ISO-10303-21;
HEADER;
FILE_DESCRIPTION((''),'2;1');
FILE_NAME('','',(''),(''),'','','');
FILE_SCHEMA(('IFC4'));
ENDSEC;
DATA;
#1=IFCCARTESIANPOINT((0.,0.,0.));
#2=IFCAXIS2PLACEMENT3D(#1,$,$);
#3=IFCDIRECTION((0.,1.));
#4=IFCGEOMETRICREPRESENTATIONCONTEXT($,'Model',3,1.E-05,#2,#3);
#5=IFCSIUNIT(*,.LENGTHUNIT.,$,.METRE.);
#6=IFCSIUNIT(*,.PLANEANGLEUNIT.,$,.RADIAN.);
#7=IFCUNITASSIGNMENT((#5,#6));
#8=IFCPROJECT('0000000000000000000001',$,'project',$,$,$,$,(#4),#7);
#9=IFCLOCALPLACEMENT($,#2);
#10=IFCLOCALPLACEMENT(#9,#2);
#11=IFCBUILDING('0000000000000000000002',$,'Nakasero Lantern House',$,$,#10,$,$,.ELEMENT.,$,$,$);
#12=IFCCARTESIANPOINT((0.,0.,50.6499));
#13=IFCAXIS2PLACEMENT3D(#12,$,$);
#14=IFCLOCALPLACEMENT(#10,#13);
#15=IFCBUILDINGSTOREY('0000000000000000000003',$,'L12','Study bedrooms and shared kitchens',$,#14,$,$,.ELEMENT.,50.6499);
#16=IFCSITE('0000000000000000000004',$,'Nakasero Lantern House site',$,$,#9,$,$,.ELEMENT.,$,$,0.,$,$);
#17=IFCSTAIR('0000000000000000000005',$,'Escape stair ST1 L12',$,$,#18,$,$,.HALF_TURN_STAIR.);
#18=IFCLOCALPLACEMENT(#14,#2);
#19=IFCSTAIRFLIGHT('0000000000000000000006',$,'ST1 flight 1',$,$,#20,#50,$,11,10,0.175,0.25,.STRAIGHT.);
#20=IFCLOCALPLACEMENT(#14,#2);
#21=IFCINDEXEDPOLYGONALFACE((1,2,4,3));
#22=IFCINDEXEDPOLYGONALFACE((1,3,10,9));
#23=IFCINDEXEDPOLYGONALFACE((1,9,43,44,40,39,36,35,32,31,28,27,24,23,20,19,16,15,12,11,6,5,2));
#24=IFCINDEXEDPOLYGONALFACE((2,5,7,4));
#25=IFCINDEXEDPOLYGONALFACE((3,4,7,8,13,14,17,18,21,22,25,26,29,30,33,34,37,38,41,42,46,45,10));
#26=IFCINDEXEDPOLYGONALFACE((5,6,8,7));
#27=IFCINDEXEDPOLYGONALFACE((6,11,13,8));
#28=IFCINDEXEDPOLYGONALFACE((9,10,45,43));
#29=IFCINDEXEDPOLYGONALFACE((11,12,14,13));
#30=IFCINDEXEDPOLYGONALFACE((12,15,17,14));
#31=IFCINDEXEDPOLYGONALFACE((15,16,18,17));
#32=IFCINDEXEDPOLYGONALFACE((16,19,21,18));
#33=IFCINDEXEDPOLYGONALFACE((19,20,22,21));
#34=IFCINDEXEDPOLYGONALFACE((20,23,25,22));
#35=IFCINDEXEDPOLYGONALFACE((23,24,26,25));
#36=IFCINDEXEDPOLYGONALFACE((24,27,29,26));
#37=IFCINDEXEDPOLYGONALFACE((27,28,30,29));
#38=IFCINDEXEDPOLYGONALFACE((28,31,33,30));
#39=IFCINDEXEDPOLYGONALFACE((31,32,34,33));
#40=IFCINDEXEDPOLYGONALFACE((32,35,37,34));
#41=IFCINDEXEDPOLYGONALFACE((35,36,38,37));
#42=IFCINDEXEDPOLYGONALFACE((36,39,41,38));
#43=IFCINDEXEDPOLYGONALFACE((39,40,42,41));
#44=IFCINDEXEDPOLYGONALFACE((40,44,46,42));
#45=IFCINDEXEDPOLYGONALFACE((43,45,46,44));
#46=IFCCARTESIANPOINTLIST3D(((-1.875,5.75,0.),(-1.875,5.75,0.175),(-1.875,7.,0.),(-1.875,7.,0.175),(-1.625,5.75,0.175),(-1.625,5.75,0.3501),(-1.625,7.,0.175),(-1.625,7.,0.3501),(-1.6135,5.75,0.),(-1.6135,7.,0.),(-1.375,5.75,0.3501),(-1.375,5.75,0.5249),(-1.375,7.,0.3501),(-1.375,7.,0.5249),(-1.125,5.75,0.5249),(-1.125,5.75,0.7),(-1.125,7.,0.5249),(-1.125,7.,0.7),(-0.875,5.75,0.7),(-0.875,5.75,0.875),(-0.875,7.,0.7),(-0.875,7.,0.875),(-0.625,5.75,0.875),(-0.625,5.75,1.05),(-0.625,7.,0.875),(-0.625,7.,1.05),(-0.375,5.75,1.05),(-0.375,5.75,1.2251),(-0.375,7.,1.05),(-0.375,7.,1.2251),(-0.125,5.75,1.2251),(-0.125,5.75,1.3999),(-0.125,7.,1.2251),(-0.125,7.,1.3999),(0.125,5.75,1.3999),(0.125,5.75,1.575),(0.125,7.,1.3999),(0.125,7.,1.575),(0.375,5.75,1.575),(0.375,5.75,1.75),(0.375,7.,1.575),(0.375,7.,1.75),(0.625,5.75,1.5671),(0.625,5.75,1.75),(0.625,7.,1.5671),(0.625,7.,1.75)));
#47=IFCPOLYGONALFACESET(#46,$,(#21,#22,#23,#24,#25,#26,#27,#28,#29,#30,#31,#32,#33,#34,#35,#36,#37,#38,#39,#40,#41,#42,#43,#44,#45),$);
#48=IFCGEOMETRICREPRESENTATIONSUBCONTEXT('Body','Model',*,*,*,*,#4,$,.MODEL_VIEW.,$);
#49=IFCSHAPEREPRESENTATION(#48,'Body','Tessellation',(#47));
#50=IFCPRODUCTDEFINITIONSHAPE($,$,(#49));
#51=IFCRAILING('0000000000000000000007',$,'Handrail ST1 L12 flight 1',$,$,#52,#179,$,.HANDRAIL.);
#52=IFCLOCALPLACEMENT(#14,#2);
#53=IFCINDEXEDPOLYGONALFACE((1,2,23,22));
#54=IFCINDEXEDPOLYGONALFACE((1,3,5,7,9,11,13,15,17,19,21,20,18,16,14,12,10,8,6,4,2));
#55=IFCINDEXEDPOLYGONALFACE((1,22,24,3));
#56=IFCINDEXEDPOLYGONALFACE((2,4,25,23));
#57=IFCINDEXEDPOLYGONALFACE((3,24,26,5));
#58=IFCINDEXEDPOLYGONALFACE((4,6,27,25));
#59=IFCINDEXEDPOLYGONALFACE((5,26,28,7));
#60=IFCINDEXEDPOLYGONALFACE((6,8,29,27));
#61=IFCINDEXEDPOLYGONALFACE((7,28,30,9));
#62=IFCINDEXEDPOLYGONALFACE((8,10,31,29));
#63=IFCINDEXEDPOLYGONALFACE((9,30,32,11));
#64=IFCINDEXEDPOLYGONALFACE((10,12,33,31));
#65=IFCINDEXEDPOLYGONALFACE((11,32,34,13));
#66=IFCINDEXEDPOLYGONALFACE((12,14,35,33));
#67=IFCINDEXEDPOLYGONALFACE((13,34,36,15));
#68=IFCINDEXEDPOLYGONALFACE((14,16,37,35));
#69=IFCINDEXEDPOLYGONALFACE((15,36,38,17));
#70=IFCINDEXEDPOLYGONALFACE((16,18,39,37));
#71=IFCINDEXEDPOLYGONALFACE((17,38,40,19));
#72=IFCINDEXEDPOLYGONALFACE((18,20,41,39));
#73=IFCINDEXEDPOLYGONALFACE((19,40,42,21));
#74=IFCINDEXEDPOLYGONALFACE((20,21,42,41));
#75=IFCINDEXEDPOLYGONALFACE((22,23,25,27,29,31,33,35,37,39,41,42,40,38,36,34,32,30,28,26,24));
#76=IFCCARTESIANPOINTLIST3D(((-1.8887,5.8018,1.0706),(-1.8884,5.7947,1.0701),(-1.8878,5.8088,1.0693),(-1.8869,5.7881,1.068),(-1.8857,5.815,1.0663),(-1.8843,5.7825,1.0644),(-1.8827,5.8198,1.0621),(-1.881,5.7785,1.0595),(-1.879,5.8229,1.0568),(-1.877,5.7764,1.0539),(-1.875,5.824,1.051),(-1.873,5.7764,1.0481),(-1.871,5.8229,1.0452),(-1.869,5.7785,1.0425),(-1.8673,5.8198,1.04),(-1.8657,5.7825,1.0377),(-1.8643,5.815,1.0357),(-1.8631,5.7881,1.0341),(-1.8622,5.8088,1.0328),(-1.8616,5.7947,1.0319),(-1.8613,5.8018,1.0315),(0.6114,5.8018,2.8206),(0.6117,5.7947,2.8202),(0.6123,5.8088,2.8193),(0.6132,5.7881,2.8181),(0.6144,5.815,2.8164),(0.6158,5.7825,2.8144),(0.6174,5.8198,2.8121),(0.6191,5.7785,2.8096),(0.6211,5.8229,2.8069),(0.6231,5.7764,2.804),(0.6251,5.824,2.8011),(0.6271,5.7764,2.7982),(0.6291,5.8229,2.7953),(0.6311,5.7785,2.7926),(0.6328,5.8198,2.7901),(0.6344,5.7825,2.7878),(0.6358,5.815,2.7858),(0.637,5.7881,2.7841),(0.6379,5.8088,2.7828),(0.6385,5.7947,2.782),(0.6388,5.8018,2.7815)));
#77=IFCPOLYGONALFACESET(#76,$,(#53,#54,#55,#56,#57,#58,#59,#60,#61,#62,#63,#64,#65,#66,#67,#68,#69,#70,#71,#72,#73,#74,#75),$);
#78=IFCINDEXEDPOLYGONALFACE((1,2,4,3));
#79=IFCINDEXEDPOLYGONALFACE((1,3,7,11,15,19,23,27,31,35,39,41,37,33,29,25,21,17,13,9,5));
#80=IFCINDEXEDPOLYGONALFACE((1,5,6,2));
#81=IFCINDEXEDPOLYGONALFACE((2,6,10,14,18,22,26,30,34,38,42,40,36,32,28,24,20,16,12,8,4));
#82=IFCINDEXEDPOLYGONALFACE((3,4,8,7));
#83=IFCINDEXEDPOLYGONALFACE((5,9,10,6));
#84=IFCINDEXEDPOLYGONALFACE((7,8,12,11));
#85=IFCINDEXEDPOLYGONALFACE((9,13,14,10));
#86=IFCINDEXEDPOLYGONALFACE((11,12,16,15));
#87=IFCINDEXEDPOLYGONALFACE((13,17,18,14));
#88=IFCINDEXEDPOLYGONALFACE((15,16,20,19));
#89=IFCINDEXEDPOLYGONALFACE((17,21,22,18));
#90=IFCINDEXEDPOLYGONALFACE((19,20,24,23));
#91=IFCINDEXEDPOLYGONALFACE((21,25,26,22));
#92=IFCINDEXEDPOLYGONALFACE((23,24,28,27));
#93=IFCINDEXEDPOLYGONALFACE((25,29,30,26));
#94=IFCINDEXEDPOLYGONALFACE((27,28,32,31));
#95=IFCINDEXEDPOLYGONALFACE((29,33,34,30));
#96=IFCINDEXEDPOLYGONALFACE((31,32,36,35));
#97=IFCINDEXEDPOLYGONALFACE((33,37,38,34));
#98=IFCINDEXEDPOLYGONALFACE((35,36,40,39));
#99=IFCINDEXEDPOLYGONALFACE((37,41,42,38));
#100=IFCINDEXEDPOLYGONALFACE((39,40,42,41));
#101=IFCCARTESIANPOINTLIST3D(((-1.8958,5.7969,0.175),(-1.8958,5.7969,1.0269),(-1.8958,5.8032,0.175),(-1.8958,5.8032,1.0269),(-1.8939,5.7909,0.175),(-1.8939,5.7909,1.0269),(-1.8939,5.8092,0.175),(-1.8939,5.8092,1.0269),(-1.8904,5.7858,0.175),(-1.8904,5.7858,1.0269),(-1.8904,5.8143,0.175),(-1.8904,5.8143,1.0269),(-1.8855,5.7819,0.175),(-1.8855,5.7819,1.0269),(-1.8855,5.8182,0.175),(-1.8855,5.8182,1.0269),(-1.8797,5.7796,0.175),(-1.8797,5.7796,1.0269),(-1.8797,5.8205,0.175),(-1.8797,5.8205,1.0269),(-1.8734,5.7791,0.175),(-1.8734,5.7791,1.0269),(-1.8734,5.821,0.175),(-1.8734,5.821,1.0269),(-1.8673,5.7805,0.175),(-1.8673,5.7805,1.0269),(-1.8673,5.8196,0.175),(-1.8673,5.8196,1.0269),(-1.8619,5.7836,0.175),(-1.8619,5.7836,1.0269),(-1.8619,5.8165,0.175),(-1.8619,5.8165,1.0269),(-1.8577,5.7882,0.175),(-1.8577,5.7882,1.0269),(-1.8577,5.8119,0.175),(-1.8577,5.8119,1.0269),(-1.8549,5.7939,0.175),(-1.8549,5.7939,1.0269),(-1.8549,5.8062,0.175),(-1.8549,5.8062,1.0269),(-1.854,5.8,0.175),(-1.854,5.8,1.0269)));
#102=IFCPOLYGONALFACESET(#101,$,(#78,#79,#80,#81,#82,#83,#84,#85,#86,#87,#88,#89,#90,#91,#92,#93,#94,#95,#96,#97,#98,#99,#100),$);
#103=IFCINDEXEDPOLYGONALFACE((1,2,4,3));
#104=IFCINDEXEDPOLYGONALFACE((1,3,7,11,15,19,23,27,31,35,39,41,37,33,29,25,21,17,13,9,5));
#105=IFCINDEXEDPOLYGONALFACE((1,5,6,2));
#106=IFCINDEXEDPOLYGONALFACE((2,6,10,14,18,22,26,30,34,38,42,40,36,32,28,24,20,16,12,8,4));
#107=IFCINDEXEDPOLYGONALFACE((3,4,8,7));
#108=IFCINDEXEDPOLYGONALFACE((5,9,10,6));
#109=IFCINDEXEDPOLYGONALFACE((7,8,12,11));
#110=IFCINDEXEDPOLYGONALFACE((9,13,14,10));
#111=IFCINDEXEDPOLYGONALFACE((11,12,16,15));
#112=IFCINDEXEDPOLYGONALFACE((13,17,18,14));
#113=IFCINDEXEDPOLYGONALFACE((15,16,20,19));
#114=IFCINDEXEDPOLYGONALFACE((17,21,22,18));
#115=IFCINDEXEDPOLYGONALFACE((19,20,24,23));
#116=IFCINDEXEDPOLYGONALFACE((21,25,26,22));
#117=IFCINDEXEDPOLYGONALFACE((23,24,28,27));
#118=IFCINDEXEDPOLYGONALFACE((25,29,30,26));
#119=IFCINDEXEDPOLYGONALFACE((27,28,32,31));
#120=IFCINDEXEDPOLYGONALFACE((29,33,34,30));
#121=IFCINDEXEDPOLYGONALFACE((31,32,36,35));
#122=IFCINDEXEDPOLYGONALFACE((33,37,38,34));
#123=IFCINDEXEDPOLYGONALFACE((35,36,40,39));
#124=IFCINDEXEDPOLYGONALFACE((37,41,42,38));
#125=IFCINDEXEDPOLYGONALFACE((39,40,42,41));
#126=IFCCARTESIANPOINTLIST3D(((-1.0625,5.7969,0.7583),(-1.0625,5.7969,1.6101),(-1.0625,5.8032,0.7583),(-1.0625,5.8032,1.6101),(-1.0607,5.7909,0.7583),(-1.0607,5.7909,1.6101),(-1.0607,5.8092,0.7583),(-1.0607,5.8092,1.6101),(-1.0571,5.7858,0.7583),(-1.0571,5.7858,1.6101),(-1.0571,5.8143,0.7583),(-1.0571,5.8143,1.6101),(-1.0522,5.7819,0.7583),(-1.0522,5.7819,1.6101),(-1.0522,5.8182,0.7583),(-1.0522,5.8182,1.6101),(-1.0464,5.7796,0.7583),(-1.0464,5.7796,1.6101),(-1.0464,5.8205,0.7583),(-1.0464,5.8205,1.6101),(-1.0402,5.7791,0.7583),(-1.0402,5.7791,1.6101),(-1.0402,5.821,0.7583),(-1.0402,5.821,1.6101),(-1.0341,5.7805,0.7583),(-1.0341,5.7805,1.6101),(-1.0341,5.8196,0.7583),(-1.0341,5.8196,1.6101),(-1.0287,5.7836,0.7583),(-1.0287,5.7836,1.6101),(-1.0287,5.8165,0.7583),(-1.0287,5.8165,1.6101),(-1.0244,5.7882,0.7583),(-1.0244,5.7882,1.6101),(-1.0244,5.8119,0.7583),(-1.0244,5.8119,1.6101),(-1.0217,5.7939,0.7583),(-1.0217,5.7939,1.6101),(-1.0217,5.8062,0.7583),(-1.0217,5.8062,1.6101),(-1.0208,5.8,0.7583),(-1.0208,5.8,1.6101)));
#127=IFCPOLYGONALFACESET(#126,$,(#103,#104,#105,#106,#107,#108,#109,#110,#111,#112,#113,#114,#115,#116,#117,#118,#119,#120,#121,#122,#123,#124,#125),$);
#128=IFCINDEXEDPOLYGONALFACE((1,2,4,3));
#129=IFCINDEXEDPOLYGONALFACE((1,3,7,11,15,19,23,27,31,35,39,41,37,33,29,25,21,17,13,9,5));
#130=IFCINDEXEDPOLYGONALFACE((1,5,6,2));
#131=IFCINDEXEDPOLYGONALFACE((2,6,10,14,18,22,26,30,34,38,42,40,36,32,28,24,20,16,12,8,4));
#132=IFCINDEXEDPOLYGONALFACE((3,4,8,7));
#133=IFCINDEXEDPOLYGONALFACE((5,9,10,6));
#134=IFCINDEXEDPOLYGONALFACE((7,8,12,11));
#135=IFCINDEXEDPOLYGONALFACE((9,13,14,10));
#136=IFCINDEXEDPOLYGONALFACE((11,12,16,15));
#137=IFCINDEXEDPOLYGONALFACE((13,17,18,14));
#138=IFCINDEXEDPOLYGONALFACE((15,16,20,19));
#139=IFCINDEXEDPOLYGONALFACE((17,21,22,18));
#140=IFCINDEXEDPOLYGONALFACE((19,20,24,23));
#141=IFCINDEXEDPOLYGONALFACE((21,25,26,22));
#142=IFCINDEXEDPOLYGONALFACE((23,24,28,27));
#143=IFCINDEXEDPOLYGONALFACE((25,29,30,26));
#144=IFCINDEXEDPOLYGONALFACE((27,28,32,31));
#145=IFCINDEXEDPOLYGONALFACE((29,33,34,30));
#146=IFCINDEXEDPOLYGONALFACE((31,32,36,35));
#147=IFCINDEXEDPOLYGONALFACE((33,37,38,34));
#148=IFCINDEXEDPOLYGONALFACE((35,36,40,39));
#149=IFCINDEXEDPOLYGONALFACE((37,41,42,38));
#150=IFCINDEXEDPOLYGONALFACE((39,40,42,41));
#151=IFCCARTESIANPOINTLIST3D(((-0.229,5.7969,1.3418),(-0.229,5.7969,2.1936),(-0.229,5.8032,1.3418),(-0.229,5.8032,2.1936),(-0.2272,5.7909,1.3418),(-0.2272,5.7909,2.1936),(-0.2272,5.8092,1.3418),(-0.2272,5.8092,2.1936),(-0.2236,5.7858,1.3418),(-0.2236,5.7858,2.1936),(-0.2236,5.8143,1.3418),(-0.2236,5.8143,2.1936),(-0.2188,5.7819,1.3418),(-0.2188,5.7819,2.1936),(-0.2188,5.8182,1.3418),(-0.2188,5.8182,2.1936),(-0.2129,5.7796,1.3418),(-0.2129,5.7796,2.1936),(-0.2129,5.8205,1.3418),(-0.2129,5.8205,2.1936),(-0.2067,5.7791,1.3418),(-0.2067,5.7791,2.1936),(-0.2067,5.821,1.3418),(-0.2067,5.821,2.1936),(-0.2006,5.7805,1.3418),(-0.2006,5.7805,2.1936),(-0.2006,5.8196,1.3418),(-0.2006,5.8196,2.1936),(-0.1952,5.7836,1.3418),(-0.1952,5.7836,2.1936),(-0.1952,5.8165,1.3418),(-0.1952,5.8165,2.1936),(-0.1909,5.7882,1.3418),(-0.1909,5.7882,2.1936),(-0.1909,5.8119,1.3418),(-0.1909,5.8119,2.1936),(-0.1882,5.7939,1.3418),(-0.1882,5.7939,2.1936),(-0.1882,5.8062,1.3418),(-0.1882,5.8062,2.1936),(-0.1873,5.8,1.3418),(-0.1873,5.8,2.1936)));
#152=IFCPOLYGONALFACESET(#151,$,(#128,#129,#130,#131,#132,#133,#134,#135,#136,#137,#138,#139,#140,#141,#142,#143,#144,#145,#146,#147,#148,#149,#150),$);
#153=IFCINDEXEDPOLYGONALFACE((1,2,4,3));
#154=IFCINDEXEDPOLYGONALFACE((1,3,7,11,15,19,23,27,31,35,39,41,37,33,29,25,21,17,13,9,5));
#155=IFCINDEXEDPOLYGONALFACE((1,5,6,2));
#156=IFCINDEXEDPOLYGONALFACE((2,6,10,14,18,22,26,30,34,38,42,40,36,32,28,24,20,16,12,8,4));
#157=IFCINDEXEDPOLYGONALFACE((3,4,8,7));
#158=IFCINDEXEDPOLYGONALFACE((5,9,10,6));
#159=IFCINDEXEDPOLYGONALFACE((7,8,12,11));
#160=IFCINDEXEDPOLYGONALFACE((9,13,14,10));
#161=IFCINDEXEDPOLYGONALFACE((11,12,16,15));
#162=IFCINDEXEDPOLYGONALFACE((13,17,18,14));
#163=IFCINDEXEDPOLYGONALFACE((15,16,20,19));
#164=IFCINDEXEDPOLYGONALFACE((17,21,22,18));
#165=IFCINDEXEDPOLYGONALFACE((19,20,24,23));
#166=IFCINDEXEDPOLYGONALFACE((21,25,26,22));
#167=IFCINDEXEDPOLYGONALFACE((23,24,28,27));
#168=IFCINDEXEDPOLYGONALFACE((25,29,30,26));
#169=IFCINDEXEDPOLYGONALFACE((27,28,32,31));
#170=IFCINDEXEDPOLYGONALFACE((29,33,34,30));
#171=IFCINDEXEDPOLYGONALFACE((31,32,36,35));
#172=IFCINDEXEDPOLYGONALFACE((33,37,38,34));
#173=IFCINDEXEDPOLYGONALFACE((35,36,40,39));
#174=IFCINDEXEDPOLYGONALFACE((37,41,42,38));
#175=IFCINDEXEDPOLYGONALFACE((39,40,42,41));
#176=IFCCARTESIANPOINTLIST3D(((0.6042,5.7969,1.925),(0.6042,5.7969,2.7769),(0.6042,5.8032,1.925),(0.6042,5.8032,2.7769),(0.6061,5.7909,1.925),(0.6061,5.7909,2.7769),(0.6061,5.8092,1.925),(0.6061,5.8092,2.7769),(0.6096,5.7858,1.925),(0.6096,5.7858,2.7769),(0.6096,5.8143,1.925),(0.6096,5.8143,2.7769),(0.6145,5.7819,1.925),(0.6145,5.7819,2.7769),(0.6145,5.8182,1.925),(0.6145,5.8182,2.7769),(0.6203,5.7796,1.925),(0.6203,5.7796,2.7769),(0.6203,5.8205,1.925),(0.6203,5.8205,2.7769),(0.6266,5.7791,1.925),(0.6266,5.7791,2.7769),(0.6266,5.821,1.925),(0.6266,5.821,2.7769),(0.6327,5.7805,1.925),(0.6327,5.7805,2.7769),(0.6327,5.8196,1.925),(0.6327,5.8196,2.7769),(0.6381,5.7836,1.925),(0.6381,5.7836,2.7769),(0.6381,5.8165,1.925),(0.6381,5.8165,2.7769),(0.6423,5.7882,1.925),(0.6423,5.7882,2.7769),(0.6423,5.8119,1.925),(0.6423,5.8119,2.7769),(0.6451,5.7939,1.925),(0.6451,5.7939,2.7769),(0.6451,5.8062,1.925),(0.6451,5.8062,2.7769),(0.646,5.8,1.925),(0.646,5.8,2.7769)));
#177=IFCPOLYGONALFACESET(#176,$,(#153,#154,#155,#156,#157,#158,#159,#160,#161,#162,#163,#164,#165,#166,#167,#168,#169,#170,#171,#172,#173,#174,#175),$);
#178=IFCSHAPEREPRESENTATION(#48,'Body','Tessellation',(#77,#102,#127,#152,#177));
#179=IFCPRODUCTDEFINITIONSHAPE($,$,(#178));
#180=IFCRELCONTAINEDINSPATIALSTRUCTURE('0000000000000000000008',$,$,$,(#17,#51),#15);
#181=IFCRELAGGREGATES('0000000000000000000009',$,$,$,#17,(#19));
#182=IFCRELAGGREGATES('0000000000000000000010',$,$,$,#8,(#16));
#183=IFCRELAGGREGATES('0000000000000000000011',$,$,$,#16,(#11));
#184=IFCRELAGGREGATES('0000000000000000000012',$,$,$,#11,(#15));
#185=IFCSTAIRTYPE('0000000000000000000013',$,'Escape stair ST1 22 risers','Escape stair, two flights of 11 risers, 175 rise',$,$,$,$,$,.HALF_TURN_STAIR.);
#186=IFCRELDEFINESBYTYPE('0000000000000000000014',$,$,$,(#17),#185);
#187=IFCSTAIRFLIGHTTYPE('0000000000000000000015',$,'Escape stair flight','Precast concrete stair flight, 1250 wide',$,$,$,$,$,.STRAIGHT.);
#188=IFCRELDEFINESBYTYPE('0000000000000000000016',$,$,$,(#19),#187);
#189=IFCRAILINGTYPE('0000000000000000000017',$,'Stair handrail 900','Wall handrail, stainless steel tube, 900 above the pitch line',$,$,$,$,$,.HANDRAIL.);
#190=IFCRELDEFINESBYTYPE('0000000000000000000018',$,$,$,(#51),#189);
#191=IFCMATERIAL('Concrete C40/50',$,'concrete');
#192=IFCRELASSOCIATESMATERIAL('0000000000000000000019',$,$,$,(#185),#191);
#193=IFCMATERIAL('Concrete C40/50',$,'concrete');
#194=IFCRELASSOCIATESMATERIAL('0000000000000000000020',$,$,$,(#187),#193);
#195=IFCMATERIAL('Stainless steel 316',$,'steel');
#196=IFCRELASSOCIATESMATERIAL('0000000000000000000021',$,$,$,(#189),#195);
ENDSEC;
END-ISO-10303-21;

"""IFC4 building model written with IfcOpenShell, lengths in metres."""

from ifc_helpers import new_model, si_unit, direction, frame, origin, origin_2d, place, context, subcontext, project, spatial, polyline, circle, outline, extrude, material, type_object, element, aggregate, save


model = new_model("IFC4")

# Units and contexts
model_context = context("Model", 3, precision=1e-05, world=origin(), true_north=direction((0.0, 1.0)))
body_context = subcontext(model_context, "Body", "Model", "MODEL_VIEW")
ifc_project = project(units=[si_unit("LENGTHUNIT", "METRE"), si_unit("PLANEANGLEUNIT", "RADIAN")], contexts=[model_context])

# Site, building, storey
site_placement = place(None, origin())
site = spatial("IfcSite", under=ifc_project, at=site_placement, Name="Nakasero Lantern House site", CompositionType="ELEMENT", RefElevation=0.0)
building_placement = place(site_placement, origin())
building = spatial("IfcBuilding", under=site, at=building_placement, Name="Nakasero Lantern House", CompositionType="ELEMENT")
storey_placement = place(building_placement, frame((0.0, 0.0, 50.6499)))
storey = spatial("IfcBuildingStorey", under=building, at=storey_placement, Name="L12", Description="Study bedrooms and shared kitchens", CompositionType="ELEMENT", Elevation=50.6499)

# Stair, stair flight
ifc_material_1 = material(Name="Concrete C40/50", Category="concrete")
stair_type = type_object("IfcStairType", Name="Escape stair ST1 22 risers", Description="Escape stair, two flights of 11 risers, 175 rise", PredefinedType="HALF_TURN_STAIR", material=ifc_material_1)
stair_placement = place(storey_placement, origin())
stair = element("IfcStair", 1, at=stair_placement, inside=storey, type_object=stair_type, Name="Escape stair ST1 L12", PredefinedType="HALF_TURN_STAIR")
ifc_material_2 = material(Name="Concrete C40/50", Category="concrete")
stair_flight_type = type_object("IfcStairFlightType", Name="Escape stair flight", Description="Precast concrete stair flight, 1250 wide", PredefinedType="STRAIGHT", material=ifc_material_2)
stair_flight_placement = place(storey_placement, frame((-1.875, 6.375, 0.0), z_axis=(0.0, 0.0, 1.0), x_axis=(1.0, 0.0, 0.0)))
stair_flight = element("IfcStairFlight", 2, at=stair_flight_placement, type_object=stair_flight_type, Name="ST1 flight 1", NumberOfRisers=11, NumberOfTreads=10, PredefinedType="STRAIGHT", RiserHeight=0.175, TreadLength=0.25, context=body_context, shape_type="SweptSolid", body=[
    extrude(outline(polyline([(0.0, 0.0), (0.0, 0.175), (0.25, 0.175), (0.25, 0.3501), (0.5, 0.3501), (0.5, 0.5249), (0.75, 0.5249), (0.75, 0.7), (1.0, 0.7), (1.0, 0.875), (1.25, 0.875), (1.25, 1.05), (1.5, 1.05), (1.5, 1.2251), (1.75, 1.2251), (1.75, 1.3999), (2.0, 1.3999), (2.0, 1.575), (2.25, 1.575), (2.25, 1.75), (2.5, 1.75), (2.5, 1.925), (2.5, 1.5671), (0.2615, 0.0), (0.0, 0.0)])), frame((0.0, 0.625, 0.0), z_axis=(0.0, -1.0, 0.0), x_axis=(1.0, 0.0, 0.0)), (0.0, 0.0, 1.0), 1.25),
])
aggregate(stair, [stair_flight])

# Railing
ifc_material_3 = material(Name="Stainless steel 316", Category="steel")
railing_type = type_object("IfcRailingType", Name="Stair handrail 900", Description="Wall handrail, stainless steel tube, 900 above the pitch line", PredefinedType="HANDRAIL", material=ifc_material_3)
railing_placement = place(storey_placement, frame((-1.875, 5.8, 0.175)))
element("IfcRailing", 3, at=railing_placement, inside=storey, type_object=railing_type, Name="Handrail ST1 L12 flight 1", PredefinedType="HANDRAIL", context=body_context, shape_type="SweptSolid", body=[
    extrude(circle(Radius=0.0239, at=origin_2d()), frame((0.0, 0.0, 0.876), z_axis=(0.819232, 0.0, 0.573462), x_axis=(0.0, 1.0, 0.0)), (0.0, 0.0, 1.0), 3.0518),
    extrude(circle(Radius=0.021, at=origin_2d()), origin(), (0.0, 0.0, 1.0), 0.8518),
    extrude(circle(Radius=0.021, at=origin_2d()), frame((0.8333, 0.0, 0.5833)), (0.0, 0.0, 1.0), 0.8518),
    extrude(circle(Radius=0.021, at=origin_2d()), frame((1.6667, 0.0, 1.1667)), (0.0, 0.0, 1.0), 0.8518),
    extrude(circle(Radius=0.021, at=origin_2d()), frame((2.5, 0.0, 1.75)), (0.0, 0.0, 1.0), 0.8518),
])

save(model, "model.ifc")
